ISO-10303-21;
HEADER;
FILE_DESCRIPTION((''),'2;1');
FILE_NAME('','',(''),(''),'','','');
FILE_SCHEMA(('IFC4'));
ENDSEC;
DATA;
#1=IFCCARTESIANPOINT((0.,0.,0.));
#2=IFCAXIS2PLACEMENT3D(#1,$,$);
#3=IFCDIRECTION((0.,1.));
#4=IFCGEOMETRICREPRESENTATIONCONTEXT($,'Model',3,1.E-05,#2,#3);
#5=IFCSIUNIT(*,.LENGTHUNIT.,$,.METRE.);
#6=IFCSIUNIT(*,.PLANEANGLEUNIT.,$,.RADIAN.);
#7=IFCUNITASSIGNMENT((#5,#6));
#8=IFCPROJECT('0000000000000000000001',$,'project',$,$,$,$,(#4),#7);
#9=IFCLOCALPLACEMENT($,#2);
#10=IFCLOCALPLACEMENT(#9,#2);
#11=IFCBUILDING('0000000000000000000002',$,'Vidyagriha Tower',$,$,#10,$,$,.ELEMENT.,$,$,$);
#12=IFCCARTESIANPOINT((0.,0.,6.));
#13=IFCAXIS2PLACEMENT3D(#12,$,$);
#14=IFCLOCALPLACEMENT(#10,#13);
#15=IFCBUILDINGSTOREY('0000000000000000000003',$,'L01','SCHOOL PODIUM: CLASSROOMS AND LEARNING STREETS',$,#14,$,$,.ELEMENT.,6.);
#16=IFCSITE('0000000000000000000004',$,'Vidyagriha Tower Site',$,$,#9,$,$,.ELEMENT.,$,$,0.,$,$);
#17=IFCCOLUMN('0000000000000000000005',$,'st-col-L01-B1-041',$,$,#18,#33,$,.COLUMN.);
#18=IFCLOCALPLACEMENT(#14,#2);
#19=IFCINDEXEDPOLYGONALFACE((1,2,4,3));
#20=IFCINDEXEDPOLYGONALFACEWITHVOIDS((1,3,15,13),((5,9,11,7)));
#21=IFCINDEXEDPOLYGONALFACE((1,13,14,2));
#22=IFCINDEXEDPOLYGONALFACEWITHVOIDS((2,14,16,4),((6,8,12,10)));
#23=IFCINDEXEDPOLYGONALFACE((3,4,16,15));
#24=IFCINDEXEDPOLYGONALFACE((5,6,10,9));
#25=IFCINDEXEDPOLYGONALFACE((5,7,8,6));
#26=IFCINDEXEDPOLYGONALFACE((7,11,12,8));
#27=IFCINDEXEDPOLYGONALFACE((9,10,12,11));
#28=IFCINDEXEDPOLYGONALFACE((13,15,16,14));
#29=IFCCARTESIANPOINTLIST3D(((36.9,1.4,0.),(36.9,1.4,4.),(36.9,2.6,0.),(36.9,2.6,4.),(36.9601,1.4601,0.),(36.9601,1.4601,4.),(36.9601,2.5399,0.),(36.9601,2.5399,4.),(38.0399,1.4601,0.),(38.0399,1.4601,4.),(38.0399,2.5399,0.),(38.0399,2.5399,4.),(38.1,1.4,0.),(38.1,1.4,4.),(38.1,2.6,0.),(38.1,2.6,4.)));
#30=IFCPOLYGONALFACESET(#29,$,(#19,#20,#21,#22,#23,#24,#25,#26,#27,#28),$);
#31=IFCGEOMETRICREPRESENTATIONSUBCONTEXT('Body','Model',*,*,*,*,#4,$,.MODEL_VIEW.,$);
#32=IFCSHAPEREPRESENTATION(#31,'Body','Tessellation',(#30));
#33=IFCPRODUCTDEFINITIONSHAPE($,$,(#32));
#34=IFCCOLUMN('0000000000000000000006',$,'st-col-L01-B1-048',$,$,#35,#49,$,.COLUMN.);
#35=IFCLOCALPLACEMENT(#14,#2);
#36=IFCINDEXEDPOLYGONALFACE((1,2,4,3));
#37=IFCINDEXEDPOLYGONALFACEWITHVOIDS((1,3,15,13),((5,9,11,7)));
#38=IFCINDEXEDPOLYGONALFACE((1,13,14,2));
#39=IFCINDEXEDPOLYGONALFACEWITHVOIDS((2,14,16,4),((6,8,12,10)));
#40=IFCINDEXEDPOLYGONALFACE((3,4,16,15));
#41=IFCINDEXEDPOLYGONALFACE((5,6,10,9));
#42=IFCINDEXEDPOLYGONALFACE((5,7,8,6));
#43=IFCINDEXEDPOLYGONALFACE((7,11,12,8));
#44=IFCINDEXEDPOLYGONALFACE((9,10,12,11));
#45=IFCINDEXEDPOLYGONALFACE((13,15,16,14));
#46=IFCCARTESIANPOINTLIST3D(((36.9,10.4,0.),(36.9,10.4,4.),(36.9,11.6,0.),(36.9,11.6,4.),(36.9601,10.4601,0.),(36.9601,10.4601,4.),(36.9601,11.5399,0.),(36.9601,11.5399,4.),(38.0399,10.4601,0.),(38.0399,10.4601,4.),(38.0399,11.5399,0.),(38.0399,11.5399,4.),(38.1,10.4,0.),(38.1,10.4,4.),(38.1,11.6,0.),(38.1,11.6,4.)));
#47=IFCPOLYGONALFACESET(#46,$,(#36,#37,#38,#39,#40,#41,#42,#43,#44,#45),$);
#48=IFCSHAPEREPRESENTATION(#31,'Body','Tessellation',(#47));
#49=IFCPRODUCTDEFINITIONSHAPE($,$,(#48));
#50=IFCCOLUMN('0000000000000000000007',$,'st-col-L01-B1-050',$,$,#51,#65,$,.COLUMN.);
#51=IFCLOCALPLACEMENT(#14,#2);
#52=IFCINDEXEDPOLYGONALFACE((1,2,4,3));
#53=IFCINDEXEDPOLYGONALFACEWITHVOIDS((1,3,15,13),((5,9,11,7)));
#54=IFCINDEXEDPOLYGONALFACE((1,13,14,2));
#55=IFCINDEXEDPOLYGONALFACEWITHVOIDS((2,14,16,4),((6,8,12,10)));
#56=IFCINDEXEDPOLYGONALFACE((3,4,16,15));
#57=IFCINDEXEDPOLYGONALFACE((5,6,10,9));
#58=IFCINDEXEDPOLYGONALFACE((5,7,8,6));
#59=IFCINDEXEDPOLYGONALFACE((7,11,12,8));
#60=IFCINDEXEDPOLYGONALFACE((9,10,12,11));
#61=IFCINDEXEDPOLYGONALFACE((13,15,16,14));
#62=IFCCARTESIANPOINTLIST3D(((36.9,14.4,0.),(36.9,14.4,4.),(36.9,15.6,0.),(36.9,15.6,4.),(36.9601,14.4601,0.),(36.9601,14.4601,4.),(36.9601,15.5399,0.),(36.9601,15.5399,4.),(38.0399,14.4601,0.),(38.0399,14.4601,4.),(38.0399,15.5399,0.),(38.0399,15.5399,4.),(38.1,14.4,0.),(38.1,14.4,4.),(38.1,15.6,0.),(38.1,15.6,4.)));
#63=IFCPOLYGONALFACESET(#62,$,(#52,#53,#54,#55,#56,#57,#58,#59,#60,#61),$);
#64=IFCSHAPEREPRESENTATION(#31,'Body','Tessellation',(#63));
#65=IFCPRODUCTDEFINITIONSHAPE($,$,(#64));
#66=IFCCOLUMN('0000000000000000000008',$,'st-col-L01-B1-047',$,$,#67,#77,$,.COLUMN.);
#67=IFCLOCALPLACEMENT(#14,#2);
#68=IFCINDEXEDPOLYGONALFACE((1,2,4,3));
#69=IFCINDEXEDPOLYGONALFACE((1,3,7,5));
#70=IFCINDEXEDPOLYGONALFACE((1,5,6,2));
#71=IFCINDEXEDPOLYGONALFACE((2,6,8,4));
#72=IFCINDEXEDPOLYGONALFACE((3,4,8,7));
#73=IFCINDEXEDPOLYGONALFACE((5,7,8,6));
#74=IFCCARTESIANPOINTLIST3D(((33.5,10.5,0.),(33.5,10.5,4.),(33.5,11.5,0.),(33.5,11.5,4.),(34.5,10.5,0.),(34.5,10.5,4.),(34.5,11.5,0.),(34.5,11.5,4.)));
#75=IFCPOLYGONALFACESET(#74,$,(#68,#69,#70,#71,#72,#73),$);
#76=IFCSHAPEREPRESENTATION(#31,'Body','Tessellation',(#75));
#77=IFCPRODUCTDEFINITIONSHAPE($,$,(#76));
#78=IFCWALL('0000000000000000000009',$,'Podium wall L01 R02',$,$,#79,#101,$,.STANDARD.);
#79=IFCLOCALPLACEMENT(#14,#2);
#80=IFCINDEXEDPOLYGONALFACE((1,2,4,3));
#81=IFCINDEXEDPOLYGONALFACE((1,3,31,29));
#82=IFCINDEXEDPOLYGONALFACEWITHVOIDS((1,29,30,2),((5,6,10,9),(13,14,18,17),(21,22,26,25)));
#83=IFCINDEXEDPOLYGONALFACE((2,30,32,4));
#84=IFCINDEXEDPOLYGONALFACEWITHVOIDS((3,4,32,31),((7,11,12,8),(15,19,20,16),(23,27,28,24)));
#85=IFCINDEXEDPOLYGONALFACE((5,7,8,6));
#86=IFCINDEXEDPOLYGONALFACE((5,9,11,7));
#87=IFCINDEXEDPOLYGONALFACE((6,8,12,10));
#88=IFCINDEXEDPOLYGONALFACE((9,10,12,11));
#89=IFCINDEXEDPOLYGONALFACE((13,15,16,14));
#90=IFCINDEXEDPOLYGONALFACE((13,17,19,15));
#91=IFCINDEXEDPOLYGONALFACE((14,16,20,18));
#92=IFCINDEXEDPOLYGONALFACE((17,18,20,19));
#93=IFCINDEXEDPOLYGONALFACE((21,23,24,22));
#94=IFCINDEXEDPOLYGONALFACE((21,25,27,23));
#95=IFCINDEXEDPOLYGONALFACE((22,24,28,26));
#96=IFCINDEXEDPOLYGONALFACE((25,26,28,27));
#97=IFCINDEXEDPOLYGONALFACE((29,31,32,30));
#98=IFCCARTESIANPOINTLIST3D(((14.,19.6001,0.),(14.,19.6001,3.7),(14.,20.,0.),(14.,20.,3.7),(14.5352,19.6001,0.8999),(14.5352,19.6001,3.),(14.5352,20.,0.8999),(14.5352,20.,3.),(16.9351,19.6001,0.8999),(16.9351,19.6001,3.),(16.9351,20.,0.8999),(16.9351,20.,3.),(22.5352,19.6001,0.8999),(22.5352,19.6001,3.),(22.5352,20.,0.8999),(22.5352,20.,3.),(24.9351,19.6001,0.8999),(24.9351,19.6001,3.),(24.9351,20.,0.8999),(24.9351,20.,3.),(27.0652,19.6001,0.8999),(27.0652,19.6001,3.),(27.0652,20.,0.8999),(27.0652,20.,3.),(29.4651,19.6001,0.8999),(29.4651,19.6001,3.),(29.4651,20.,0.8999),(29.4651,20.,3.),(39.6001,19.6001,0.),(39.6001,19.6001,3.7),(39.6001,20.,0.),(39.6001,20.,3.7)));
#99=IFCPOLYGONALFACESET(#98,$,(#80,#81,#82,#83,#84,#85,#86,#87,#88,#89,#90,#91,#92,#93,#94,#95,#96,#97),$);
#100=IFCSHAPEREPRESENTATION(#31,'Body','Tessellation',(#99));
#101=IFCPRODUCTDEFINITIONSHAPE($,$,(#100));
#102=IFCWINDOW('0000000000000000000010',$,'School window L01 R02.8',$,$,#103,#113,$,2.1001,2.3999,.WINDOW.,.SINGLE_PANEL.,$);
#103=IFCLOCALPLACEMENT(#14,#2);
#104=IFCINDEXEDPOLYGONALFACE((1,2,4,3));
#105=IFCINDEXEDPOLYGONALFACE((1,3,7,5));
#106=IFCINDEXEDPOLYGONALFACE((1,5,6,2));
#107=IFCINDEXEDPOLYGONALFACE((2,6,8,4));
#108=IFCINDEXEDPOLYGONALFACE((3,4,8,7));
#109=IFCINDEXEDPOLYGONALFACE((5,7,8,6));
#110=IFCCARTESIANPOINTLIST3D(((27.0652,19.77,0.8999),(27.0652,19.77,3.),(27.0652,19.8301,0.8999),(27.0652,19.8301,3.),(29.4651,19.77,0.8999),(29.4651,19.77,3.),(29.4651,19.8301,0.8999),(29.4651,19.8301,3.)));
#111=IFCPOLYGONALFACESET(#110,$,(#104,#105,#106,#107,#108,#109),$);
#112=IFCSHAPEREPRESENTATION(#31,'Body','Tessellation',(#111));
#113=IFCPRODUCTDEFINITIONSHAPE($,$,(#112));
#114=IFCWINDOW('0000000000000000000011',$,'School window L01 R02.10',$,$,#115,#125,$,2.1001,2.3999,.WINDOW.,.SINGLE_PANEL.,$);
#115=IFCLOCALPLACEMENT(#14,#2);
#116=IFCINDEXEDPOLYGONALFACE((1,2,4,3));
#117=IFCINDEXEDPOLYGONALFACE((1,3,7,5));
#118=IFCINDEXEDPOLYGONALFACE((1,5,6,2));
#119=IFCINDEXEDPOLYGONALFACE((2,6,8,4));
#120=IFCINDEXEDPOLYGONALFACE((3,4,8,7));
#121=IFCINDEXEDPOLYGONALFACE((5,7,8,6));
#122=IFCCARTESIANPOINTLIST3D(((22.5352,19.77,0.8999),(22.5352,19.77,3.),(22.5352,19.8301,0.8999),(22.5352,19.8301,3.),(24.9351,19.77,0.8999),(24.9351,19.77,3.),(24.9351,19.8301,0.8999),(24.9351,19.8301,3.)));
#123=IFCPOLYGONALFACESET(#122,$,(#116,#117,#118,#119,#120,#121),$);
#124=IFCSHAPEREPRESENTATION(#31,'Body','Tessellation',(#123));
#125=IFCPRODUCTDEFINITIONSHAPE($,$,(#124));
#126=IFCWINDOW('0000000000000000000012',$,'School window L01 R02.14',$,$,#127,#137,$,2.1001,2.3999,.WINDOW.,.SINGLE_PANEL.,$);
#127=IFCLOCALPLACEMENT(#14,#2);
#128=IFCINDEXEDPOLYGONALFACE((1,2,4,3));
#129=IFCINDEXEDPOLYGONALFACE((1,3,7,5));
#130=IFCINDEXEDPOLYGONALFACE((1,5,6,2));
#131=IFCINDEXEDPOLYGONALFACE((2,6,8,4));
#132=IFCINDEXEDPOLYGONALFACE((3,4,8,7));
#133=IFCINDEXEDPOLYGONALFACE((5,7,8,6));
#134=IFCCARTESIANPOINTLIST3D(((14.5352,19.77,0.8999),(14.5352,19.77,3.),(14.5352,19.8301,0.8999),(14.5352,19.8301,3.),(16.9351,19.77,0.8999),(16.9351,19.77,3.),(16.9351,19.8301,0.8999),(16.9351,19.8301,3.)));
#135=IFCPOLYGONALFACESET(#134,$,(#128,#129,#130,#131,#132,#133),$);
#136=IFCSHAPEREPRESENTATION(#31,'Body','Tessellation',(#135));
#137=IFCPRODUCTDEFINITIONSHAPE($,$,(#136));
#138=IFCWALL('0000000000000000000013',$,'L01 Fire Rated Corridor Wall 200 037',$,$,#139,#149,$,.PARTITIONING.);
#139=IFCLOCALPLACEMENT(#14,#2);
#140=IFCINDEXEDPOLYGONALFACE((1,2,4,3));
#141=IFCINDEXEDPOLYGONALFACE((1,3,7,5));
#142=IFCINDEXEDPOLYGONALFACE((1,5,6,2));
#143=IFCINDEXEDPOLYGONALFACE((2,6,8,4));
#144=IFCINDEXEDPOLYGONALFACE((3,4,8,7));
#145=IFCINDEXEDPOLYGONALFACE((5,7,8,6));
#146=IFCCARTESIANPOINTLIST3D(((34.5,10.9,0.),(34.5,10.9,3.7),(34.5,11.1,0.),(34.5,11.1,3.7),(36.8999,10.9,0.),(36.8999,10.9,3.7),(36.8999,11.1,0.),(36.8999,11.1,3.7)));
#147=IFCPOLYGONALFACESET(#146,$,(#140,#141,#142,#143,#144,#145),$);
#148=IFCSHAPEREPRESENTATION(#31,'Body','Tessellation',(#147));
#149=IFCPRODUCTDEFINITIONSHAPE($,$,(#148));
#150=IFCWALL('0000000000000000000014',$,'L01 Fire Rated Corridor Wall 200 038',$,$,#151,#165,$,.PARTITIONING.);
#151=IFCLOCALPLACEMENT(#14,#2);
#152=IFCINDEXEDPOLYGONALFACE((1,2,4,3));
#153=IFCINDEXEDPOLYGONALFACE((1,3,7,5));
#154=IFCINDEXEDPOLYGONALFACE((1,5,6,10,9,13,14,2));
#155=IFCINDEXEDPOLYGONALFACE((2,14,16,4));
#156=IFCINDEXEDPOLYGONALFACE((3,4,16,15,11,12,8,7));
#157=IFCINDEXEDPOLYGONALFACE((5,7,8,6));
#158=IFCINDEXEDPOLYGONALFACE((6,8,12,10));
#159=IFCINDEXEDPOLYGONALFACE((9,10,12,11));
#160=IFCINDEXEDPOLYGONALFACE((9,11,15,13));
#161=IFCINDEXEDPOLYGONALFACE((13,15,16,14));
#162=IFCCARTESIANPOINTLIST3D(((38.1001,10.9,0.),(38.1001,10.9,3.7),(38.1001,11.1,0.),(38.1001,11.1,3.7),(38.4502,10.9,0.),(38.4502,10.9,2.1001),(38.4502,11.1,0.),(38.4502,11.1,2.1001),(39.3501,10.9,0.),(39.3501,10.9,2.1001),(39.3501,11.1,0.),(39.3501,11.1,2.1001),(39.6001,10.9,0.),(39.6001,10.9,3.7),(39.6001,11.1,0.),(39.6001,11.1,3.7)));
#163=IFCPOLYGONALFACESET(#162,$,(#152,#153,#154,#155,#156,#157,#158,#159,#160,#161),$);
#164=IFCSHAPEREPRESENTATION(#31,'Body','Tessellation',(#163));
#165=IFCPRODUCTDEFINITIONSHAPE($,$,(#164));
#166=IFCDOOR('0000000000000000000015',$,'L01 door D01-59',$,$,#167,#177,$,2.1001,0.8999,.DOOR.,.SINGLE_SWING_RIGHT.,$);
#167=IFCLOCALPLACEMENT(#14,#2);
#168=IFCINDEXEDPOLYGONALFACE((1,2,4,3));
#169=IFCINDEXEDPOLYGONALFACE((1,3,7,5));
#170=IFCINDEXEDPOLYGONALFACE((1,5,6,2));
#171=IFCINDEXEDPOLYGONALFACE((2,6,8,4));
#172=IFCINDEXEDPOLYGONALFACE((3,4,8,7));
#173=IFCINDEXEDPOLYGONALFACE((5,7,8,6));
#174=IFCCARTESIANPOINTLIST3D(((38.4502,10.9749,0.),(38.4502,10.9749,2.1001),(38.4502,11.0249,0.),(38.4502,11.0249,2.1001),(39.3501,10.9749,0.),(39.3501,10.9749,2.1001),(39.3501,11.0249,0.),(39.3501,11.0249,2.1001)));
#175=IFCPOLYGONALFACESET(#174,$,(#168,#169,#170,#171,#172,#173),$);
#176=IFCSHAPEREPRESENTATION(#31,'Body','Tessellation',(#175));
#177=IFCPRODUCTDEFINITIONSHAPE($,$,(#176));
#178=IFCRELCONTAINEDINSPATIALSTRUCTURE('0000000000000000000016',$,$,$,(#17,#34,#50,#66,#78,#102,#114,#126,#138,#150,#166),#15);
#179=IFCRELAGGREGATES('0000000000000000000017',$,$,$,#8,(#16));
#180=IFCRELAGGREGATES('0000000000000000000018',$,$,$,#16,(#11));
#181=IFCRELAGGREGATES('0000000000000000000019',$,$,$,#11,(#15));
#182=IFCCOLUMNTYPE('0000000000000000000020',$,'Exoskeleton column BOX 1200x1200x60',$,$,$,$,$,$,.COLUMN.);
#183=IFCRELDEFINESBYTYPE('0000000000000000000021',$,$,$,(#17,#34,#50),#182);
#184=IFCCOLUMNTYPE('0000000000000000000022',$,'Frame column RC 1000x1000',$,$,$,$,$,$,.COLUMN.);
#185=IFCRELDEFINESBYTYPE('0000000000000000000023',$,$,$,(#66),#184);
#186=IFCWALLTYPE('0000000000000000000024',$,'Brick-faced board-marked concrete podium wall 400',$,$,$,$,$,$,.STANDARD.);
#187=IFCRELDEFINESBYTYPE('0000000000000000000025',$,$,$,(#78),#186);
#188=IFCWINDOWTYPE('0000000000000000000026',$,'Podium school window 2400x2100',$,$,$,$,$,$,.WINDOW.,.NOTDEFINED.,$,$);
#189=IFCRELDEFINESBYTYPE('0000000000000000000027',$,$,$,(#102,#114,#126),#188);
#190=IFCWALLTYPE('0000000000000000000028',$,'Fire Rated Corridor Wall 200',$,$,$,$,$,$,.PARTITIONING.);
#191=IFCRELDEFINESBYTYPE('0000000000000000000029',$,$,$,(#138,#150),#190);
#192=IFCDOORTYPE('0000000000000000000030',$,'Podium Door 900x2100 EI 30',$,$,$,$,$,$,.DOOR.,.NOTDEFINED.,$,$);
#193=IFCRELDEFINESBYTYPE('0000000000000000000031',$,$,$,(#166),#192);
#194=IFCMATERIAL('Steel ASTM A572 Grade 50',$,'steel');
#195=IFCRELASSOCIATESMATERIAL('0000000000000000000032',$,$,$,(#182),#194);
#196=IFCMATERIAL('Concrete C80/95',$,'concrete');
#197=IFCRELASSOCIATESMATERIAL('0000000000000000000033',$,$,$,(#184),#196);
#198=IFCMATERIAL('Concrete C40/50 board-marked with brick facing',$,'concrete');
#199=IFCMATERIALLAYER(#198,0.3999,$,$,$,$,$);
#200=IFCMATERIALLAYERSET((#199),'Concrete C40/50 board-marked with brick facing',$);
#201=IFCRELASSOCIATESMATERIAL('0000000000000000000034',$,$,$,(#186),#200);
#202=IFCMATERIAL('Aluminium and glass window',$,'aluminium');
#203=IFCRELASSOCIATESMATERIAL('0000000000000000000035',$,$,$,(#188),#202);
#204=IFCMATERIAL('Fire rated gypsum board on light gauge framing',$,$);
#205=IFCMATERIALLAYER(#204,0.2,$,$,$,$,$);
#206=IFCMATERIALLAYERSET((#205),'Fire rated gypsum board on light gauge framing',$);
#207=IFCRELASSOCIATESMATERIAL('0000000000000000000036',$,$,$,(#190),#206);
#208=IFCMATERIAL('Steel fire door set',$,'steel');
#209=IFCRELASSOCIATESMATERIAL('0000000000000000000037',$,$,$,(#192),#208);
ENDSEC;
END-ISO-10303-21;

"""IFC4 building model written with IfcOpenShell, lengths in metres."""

from ifc_helpers import new_model, si_unit, direction, frame, frame_2d, origin, origin_2d, place, context, subcontext, project, spatial, rectangle, hollow_rectangle, extrude, material, layer, layer_set, material_profile, profile_set, type_object, element, fill, save


model = new_model("IFC4")

# Units and contexts
model_context = context("Model", 3, precision=1e-05, world=origin(), true_north=direction((0.0, 1.0)))
body_context = subcontext(model_context, "Body", "Model", "MODEL_VIEW")
ifc_project = project(units=[si_unit("LENGTHUNIT", "METRE"), si_unit("PLANEANGLEUNIT", "RADIAN")], contexts=[model_context])

# Site, building, storey
site_placement = place(None, origin())
site = spatial("IfcSite", under=ifc_project, at=site_placement, Name="Vidyagriha Tower Site", CompositionType="ELEMENT", RefElevation=0.0)
building_placement = place(site_placement, origin())
building = spatial("IfcBuilding", under=site, at=building_placement, Name="Vidyagriha Tower", CompositionType="ELEMENT")
storey_placement = place(building_placement, frame((0.0, 0.0, 6.0)))
storey = spatial("IfcBuildingStorey", under=building, at=storey_placement, Name="L01", Description="SCHOOL PODIUM: CLASSROOMS AND LEARNING STREETS", CompositionType="ELEMENT", Elevation=6.0)

# Columns
ifc_material_1 = material(Name="Steel ASTM A572 Grade 50", Category="steel")
ifc_material_profile_1 = material_profile(ifc_material_1, hollow_rectangle(XDim=1.2, YDim=1.2, WallThickness=0.0601, at=origin_2d()), Name="BOX 1200x1200x60")
ifc_profile_set_1 = profile_set([ifc_material_profile_1], Name="Steel ASTM A572 Grade 50")
column_type_1 = type_object("IfcColumnType", Name="Exoskeleton column BOX 1200x1200x60", PredefinedType="COLUMN", material=ifc_profile_set_1)
for number, where, name in (
    (1, (37.5, 2.0, 0.0), "st-col-L01-B1-041"),
    (2, (37.5, 11.0, 0.0), "st-col-L01-B1-048"),
    (3, (37.5, 15.0, 0.0), "st-col-L01-B1-050"),
):
    element("IfcColumn", number, at=place(storey_placement, frame(where)), inside=storey, type_object=column_type_1, Name=name, PredefinedType="COLUMN", context=body_context, shape_type="SweptSolid", body=[
        extrude(hollow_rectangle(XDim=1.2, YDim=1.2, WallThickness=0.0601, at=origin_2d()), origin(), (0.0, 0.0, 1.0), 4.0),
    ])
ifc_material_2 = material(Name="Concrete C80/95", Category="concrete")
ifc_material_profile_2 = material_profile(ifc_material_2, rectangle(XDim=1.0, YDim=1.0, at=origin_2d()), Name="RC 1000x1000")
ifc_profile_set_2 = profile_set([ifc_material_profile_2], Name="Concrete C80/95")
column_type_2 = type_object("IfcColumnType", Name="Frame column RC 1000x1000", PredefinedType="COLUMN", material=ifc_profile_set_2)
column_placement = place(storey_placement, frame((34.0, 11.0, 0.0)))
element("IfcColumn", 4, at=column_placement, inside=storey, type_object=column_type_2, Name="st-col-L01-B1-047", PredefinedType="COLUMN", context=body_context, shape_type="SweptSolid", body=[
    extrude(rectangle(XDim=1.0, YDim=1.0, at=origin_2d()), origin(), (0.0, 0.0, 1.0), 4.0),
])

# Wall, openings, windows
ifc_material_3 = material(Name="Concrete C40/50 board-marked with brick facing", Category="concrete")
ifc_layer_1 = layer(ifc_material_3, 0.3999)
ifc_layer_set_1 = layer_set([ifc_layer_1], Name="Concrete C40/50 board-marked with brick facing")
wall_type_1 = type_object("IfcWallType", Name="Brick-faced board-marked concrete podium wall 400", PredefinedType="STANDARD", material=ifc_layer_set_1)
wall_1_placement = place(storey_placement, frame((39.6001, 19.8, 0.0), z_axis=(0.0, 0.0, 1.0), x_axis=(-1.0, 0.0, 0.0)))
wall_1 = element("IfcWall", 5, at=wall_1_placement, inside=storey, type_object=wall_type_1, Name="Podium wall L01 R02", PredefinedType="STANDARD", context=body_context, shape_type="SweptSolid", body=[
    extrude(rectangle(XDim=25.6001, YDim=0.3999, at=frame_2d((12.8, 0.0))), origin(), (0.0, 0.0, 1.0), 3.7),
])
opening_1_placement = place(wall_1_placement, frame((10.135, 0.0, 0.8999)))
opening_1 = element("IfcOpeningElement", 6, at=opening_1_placement, cuts=wall_1, PredefinedType="OPENING", context=body_context, shape_type="SweptSolid", body=[
    extrude(rectangle(XDim=2.3999, YDim=2.1001, at=frame_2d((1.2, 1.05))), frame((0.0, 0.21, 0.0), z_axis=(0.0, -1.0, 0.0), x_axis=(1.0, 0.0, 0.0)), (0.0, 0.0, 1.0), 0.4199),
])
opening_2_placement = place(wall_1_placement, frame((14.665, 0.0, 0.8999)))
opening_2 = element("IfcOpeningElement", 7, at=opening_2_placement, cuts=wall_1, PredefinedType="OPENING", context=body_context, shape_type="SweptSolid", body=[
    extrude(rectangle(XDim=2.3999, YDim=2.1001, at=frame_2d((1.2, 1.05))), frame((0.0, 0.21, 0.0), z_axis=(0.0, -1.0, 0.0), x_axis=(1.0, 0.0, 0.0)), (0.0, 0.0, 1.0), 0.4199),
])
opening_3_placement = place(wall_1_placement, frame((22.665, 0.0, 0.8999)))
opening_3 = element("IfcOpeningElement", 8, at=opening_3_placement, cuts=wall_1, PredefinedType="OPENING", context=body_context, shape_type="SweptSolid", body=[
    extrude(rectangle(XDim=2.3999, YDim=2.1001, at=frame_2d((1.2, 1.05))), frame((0.0, 0.21, 0.0), z_axis=(0.0, -1.0, 0.0), x_axis=(1.0, 0.0, 0.0)), (0.0, 0.0, 1.0), 0.4199),
])
ifc_material_4 = material(Name="Aluminium and glass window", Category="aluminium")
window_type = type_object("IfcWindowType", Name="Podium school window 2400x2100", PartitioningType="NOTDEFINED", PredefinedType="WINDOW", material=ifc_material_4)
window_1_placement = place(opening_1_placement, origin())
window_1 = element("IfcWindow", 9, at=window_1_placement, inside=storey, type_object=window_type, Name="School window L01 R02.8", OverallHeight=2.1001, OverallWidth=2.3999, PartitioningType="SINGLE_PANEL", PredefinedType="WINDOW", context=body_context, shape_type="SweptSolid", body=[
    extrude(rectangle(XDim=2.3999, YDim=2.1001, at=frame_2d((1.2, 1.05))), frame((0.0, 0.03, 0.0), z_axis=(0.0, -1.0, 0.0), x_axis=(1.0, 0.0, 0.0)), (0.0, 0.0, 1.0), 0.0601),
])
fill(opening_1, window_1)
window_2_placement = place(opening_2_placement, origin())
window_2 = element("IfcWindow", 10, at=window_2_placement, inside=storey, type_object=window_type, Name="School window L01 R02.10", OverallHeight=2.1001, OverallWidth=2.3999, PartitioningType="SINGLE_PANEL", PredefinedType="WINDOW", context=body_context, shape_type="SweptSolid", body=[
    extrude(rectangle(XDim=2.3999, YDim=2.1001, at=frame_2d((1.2, 1.05))), frame((0.0, 0.03, 0.0), z_axis=(0.0, -1.0, 0.0), x_axis=(1.0, 0.0, 0.0)), (0.0, 0.0, 1.0), 0.0601),
])
fill(opening_2, window_2)
window_3_placement = place(opening_3_placement, origin())
window_3 = element("IfcWindow", 11, at=window_3_placement, inside=storey, type_object=window_type, Name="School window L01 R02.14", OverallHeight=2.1001, OverallWidth=2.3999, PartitioningType="SINGLE_PANEL", PredefinedType="WINDOW", context=body_context, shape_type="SweptSolid", body=[
    extrude(rectangle(XDim=2.3999, YDim=2.1001, at=frame_2d((1.2, 1.05))), frame((0.0, 0.03, 0.0), z_axis=(0.0, -1.0, 0.0), x_axis=(1.0, 0.0, 0.0)), (0.0, 0.0, 1.0), 0.0601),
])
fill(opening_3, window_3)

# Wall
ifc_material_5 = material(Name="Fire rated gypsum board on light gauge framing")
ifc_layer_2 = layer(ifc_material_5, 0.2)
ifc_layer_set_2 = layer_set([ifc_layer_2], Name="Fire rated gypsum board on light gauge framing")
wall_type_2 = type_object("IfcWallType", Name="Fire Rated Corridor Wall 200", PredefinedType="PARTITIONING", material=ifc_layer_set_2)
wall_2_placement = place(storey_placement, frame((34.5, 11.0, 0.0)))
element("IfcWall", 12, at=wall_2_placement, inside=storey, type_object=wall_type_2, Name="L01 Fire Rated Corridor Wall 200 037", PredefinedType="PARTITIONING", context=body_context, shape_type="SweptSolid", body=[
    extrude(rectangle(XDim=2.3999, YDim=0.2, at=frame_2d((1.2, 0.0))), origin(), (0.0, 0.0, 1.0), 3.7),
])

# Wall, opening, door
wall_3_placement = place(storey_placement, frame((38.1001, 11.0, 0.0)))
wall_3 = element("IfcWall", 13, at=wall_3_placement, inside=storey, type_object=wall_type_2, Name="L01 Fire Rated Corridor Wall 200 038", PredefinedType="PARTITIONING", context=body_context, shape_type="SweptSolid", body=[
    extrude(rectangle(XDim=1.5, YDim=0.2, at=frame_2d((0.75, 0.0))), origin(), (0.0, 0.0, 1.0), 3.7),
])
opening_4_placement = place(wall_3_placement, frame((0.3501, 0.0, 0.0)))
opening_4 = element("IfcOpeningElement", 14, at=opening_4_placement, cuts=wall_3, PredefinedType="OPENING", context=body_context, shape_type="SweptSolid", body=[
    extrude(rectangle(XDim=0.8999, YDim=2.1001, at=frame_2d((0.45, 1.05))), frame((0.0, 0.1099, 0.0), z_axis=(0.0, -1.0, 0.0), x_axis=(1.0, 0.0, 0.0)), (0.0, 0.0, 1.0), 0.22),
])
ifc_material_6 = material(Name="Steel fire door set", Category="steel")
door_type = type_object("IfcDoorType", Name="Podium Door 900x2100 EI 30", OperationType="NOTDEFINED", PredefinedType="DOOR", material=ifc_material_6)
door_1_placement = place(opening_4_placement, origin())
door_1 = element("IfcDoor", 15, at=door_1_placement, inside=storey, type_object=door_type, Name="L01 door D01-59", OperationType="SINGLE_SWING_RIGHT", OverallHeight=2.1001, OverallWidth=0.8999, PredefinedType="DOOR", context=body_context, shape_type="SweptSolid", body=[
    extrude(rectangle(XDim=0.8999, YDim=2.1001, at=frame_2d((0.45, 1.05))), frame((0.0, 0.0249, 0.0), z_axis=(0.0, -1.0, 0.0), x_axis=(1.0, 0.0, 0.0)), (0.0, 0.0, 1.0), 0.05),
])
fill(opening_4, door_1)

save(model, "model.ifc")
